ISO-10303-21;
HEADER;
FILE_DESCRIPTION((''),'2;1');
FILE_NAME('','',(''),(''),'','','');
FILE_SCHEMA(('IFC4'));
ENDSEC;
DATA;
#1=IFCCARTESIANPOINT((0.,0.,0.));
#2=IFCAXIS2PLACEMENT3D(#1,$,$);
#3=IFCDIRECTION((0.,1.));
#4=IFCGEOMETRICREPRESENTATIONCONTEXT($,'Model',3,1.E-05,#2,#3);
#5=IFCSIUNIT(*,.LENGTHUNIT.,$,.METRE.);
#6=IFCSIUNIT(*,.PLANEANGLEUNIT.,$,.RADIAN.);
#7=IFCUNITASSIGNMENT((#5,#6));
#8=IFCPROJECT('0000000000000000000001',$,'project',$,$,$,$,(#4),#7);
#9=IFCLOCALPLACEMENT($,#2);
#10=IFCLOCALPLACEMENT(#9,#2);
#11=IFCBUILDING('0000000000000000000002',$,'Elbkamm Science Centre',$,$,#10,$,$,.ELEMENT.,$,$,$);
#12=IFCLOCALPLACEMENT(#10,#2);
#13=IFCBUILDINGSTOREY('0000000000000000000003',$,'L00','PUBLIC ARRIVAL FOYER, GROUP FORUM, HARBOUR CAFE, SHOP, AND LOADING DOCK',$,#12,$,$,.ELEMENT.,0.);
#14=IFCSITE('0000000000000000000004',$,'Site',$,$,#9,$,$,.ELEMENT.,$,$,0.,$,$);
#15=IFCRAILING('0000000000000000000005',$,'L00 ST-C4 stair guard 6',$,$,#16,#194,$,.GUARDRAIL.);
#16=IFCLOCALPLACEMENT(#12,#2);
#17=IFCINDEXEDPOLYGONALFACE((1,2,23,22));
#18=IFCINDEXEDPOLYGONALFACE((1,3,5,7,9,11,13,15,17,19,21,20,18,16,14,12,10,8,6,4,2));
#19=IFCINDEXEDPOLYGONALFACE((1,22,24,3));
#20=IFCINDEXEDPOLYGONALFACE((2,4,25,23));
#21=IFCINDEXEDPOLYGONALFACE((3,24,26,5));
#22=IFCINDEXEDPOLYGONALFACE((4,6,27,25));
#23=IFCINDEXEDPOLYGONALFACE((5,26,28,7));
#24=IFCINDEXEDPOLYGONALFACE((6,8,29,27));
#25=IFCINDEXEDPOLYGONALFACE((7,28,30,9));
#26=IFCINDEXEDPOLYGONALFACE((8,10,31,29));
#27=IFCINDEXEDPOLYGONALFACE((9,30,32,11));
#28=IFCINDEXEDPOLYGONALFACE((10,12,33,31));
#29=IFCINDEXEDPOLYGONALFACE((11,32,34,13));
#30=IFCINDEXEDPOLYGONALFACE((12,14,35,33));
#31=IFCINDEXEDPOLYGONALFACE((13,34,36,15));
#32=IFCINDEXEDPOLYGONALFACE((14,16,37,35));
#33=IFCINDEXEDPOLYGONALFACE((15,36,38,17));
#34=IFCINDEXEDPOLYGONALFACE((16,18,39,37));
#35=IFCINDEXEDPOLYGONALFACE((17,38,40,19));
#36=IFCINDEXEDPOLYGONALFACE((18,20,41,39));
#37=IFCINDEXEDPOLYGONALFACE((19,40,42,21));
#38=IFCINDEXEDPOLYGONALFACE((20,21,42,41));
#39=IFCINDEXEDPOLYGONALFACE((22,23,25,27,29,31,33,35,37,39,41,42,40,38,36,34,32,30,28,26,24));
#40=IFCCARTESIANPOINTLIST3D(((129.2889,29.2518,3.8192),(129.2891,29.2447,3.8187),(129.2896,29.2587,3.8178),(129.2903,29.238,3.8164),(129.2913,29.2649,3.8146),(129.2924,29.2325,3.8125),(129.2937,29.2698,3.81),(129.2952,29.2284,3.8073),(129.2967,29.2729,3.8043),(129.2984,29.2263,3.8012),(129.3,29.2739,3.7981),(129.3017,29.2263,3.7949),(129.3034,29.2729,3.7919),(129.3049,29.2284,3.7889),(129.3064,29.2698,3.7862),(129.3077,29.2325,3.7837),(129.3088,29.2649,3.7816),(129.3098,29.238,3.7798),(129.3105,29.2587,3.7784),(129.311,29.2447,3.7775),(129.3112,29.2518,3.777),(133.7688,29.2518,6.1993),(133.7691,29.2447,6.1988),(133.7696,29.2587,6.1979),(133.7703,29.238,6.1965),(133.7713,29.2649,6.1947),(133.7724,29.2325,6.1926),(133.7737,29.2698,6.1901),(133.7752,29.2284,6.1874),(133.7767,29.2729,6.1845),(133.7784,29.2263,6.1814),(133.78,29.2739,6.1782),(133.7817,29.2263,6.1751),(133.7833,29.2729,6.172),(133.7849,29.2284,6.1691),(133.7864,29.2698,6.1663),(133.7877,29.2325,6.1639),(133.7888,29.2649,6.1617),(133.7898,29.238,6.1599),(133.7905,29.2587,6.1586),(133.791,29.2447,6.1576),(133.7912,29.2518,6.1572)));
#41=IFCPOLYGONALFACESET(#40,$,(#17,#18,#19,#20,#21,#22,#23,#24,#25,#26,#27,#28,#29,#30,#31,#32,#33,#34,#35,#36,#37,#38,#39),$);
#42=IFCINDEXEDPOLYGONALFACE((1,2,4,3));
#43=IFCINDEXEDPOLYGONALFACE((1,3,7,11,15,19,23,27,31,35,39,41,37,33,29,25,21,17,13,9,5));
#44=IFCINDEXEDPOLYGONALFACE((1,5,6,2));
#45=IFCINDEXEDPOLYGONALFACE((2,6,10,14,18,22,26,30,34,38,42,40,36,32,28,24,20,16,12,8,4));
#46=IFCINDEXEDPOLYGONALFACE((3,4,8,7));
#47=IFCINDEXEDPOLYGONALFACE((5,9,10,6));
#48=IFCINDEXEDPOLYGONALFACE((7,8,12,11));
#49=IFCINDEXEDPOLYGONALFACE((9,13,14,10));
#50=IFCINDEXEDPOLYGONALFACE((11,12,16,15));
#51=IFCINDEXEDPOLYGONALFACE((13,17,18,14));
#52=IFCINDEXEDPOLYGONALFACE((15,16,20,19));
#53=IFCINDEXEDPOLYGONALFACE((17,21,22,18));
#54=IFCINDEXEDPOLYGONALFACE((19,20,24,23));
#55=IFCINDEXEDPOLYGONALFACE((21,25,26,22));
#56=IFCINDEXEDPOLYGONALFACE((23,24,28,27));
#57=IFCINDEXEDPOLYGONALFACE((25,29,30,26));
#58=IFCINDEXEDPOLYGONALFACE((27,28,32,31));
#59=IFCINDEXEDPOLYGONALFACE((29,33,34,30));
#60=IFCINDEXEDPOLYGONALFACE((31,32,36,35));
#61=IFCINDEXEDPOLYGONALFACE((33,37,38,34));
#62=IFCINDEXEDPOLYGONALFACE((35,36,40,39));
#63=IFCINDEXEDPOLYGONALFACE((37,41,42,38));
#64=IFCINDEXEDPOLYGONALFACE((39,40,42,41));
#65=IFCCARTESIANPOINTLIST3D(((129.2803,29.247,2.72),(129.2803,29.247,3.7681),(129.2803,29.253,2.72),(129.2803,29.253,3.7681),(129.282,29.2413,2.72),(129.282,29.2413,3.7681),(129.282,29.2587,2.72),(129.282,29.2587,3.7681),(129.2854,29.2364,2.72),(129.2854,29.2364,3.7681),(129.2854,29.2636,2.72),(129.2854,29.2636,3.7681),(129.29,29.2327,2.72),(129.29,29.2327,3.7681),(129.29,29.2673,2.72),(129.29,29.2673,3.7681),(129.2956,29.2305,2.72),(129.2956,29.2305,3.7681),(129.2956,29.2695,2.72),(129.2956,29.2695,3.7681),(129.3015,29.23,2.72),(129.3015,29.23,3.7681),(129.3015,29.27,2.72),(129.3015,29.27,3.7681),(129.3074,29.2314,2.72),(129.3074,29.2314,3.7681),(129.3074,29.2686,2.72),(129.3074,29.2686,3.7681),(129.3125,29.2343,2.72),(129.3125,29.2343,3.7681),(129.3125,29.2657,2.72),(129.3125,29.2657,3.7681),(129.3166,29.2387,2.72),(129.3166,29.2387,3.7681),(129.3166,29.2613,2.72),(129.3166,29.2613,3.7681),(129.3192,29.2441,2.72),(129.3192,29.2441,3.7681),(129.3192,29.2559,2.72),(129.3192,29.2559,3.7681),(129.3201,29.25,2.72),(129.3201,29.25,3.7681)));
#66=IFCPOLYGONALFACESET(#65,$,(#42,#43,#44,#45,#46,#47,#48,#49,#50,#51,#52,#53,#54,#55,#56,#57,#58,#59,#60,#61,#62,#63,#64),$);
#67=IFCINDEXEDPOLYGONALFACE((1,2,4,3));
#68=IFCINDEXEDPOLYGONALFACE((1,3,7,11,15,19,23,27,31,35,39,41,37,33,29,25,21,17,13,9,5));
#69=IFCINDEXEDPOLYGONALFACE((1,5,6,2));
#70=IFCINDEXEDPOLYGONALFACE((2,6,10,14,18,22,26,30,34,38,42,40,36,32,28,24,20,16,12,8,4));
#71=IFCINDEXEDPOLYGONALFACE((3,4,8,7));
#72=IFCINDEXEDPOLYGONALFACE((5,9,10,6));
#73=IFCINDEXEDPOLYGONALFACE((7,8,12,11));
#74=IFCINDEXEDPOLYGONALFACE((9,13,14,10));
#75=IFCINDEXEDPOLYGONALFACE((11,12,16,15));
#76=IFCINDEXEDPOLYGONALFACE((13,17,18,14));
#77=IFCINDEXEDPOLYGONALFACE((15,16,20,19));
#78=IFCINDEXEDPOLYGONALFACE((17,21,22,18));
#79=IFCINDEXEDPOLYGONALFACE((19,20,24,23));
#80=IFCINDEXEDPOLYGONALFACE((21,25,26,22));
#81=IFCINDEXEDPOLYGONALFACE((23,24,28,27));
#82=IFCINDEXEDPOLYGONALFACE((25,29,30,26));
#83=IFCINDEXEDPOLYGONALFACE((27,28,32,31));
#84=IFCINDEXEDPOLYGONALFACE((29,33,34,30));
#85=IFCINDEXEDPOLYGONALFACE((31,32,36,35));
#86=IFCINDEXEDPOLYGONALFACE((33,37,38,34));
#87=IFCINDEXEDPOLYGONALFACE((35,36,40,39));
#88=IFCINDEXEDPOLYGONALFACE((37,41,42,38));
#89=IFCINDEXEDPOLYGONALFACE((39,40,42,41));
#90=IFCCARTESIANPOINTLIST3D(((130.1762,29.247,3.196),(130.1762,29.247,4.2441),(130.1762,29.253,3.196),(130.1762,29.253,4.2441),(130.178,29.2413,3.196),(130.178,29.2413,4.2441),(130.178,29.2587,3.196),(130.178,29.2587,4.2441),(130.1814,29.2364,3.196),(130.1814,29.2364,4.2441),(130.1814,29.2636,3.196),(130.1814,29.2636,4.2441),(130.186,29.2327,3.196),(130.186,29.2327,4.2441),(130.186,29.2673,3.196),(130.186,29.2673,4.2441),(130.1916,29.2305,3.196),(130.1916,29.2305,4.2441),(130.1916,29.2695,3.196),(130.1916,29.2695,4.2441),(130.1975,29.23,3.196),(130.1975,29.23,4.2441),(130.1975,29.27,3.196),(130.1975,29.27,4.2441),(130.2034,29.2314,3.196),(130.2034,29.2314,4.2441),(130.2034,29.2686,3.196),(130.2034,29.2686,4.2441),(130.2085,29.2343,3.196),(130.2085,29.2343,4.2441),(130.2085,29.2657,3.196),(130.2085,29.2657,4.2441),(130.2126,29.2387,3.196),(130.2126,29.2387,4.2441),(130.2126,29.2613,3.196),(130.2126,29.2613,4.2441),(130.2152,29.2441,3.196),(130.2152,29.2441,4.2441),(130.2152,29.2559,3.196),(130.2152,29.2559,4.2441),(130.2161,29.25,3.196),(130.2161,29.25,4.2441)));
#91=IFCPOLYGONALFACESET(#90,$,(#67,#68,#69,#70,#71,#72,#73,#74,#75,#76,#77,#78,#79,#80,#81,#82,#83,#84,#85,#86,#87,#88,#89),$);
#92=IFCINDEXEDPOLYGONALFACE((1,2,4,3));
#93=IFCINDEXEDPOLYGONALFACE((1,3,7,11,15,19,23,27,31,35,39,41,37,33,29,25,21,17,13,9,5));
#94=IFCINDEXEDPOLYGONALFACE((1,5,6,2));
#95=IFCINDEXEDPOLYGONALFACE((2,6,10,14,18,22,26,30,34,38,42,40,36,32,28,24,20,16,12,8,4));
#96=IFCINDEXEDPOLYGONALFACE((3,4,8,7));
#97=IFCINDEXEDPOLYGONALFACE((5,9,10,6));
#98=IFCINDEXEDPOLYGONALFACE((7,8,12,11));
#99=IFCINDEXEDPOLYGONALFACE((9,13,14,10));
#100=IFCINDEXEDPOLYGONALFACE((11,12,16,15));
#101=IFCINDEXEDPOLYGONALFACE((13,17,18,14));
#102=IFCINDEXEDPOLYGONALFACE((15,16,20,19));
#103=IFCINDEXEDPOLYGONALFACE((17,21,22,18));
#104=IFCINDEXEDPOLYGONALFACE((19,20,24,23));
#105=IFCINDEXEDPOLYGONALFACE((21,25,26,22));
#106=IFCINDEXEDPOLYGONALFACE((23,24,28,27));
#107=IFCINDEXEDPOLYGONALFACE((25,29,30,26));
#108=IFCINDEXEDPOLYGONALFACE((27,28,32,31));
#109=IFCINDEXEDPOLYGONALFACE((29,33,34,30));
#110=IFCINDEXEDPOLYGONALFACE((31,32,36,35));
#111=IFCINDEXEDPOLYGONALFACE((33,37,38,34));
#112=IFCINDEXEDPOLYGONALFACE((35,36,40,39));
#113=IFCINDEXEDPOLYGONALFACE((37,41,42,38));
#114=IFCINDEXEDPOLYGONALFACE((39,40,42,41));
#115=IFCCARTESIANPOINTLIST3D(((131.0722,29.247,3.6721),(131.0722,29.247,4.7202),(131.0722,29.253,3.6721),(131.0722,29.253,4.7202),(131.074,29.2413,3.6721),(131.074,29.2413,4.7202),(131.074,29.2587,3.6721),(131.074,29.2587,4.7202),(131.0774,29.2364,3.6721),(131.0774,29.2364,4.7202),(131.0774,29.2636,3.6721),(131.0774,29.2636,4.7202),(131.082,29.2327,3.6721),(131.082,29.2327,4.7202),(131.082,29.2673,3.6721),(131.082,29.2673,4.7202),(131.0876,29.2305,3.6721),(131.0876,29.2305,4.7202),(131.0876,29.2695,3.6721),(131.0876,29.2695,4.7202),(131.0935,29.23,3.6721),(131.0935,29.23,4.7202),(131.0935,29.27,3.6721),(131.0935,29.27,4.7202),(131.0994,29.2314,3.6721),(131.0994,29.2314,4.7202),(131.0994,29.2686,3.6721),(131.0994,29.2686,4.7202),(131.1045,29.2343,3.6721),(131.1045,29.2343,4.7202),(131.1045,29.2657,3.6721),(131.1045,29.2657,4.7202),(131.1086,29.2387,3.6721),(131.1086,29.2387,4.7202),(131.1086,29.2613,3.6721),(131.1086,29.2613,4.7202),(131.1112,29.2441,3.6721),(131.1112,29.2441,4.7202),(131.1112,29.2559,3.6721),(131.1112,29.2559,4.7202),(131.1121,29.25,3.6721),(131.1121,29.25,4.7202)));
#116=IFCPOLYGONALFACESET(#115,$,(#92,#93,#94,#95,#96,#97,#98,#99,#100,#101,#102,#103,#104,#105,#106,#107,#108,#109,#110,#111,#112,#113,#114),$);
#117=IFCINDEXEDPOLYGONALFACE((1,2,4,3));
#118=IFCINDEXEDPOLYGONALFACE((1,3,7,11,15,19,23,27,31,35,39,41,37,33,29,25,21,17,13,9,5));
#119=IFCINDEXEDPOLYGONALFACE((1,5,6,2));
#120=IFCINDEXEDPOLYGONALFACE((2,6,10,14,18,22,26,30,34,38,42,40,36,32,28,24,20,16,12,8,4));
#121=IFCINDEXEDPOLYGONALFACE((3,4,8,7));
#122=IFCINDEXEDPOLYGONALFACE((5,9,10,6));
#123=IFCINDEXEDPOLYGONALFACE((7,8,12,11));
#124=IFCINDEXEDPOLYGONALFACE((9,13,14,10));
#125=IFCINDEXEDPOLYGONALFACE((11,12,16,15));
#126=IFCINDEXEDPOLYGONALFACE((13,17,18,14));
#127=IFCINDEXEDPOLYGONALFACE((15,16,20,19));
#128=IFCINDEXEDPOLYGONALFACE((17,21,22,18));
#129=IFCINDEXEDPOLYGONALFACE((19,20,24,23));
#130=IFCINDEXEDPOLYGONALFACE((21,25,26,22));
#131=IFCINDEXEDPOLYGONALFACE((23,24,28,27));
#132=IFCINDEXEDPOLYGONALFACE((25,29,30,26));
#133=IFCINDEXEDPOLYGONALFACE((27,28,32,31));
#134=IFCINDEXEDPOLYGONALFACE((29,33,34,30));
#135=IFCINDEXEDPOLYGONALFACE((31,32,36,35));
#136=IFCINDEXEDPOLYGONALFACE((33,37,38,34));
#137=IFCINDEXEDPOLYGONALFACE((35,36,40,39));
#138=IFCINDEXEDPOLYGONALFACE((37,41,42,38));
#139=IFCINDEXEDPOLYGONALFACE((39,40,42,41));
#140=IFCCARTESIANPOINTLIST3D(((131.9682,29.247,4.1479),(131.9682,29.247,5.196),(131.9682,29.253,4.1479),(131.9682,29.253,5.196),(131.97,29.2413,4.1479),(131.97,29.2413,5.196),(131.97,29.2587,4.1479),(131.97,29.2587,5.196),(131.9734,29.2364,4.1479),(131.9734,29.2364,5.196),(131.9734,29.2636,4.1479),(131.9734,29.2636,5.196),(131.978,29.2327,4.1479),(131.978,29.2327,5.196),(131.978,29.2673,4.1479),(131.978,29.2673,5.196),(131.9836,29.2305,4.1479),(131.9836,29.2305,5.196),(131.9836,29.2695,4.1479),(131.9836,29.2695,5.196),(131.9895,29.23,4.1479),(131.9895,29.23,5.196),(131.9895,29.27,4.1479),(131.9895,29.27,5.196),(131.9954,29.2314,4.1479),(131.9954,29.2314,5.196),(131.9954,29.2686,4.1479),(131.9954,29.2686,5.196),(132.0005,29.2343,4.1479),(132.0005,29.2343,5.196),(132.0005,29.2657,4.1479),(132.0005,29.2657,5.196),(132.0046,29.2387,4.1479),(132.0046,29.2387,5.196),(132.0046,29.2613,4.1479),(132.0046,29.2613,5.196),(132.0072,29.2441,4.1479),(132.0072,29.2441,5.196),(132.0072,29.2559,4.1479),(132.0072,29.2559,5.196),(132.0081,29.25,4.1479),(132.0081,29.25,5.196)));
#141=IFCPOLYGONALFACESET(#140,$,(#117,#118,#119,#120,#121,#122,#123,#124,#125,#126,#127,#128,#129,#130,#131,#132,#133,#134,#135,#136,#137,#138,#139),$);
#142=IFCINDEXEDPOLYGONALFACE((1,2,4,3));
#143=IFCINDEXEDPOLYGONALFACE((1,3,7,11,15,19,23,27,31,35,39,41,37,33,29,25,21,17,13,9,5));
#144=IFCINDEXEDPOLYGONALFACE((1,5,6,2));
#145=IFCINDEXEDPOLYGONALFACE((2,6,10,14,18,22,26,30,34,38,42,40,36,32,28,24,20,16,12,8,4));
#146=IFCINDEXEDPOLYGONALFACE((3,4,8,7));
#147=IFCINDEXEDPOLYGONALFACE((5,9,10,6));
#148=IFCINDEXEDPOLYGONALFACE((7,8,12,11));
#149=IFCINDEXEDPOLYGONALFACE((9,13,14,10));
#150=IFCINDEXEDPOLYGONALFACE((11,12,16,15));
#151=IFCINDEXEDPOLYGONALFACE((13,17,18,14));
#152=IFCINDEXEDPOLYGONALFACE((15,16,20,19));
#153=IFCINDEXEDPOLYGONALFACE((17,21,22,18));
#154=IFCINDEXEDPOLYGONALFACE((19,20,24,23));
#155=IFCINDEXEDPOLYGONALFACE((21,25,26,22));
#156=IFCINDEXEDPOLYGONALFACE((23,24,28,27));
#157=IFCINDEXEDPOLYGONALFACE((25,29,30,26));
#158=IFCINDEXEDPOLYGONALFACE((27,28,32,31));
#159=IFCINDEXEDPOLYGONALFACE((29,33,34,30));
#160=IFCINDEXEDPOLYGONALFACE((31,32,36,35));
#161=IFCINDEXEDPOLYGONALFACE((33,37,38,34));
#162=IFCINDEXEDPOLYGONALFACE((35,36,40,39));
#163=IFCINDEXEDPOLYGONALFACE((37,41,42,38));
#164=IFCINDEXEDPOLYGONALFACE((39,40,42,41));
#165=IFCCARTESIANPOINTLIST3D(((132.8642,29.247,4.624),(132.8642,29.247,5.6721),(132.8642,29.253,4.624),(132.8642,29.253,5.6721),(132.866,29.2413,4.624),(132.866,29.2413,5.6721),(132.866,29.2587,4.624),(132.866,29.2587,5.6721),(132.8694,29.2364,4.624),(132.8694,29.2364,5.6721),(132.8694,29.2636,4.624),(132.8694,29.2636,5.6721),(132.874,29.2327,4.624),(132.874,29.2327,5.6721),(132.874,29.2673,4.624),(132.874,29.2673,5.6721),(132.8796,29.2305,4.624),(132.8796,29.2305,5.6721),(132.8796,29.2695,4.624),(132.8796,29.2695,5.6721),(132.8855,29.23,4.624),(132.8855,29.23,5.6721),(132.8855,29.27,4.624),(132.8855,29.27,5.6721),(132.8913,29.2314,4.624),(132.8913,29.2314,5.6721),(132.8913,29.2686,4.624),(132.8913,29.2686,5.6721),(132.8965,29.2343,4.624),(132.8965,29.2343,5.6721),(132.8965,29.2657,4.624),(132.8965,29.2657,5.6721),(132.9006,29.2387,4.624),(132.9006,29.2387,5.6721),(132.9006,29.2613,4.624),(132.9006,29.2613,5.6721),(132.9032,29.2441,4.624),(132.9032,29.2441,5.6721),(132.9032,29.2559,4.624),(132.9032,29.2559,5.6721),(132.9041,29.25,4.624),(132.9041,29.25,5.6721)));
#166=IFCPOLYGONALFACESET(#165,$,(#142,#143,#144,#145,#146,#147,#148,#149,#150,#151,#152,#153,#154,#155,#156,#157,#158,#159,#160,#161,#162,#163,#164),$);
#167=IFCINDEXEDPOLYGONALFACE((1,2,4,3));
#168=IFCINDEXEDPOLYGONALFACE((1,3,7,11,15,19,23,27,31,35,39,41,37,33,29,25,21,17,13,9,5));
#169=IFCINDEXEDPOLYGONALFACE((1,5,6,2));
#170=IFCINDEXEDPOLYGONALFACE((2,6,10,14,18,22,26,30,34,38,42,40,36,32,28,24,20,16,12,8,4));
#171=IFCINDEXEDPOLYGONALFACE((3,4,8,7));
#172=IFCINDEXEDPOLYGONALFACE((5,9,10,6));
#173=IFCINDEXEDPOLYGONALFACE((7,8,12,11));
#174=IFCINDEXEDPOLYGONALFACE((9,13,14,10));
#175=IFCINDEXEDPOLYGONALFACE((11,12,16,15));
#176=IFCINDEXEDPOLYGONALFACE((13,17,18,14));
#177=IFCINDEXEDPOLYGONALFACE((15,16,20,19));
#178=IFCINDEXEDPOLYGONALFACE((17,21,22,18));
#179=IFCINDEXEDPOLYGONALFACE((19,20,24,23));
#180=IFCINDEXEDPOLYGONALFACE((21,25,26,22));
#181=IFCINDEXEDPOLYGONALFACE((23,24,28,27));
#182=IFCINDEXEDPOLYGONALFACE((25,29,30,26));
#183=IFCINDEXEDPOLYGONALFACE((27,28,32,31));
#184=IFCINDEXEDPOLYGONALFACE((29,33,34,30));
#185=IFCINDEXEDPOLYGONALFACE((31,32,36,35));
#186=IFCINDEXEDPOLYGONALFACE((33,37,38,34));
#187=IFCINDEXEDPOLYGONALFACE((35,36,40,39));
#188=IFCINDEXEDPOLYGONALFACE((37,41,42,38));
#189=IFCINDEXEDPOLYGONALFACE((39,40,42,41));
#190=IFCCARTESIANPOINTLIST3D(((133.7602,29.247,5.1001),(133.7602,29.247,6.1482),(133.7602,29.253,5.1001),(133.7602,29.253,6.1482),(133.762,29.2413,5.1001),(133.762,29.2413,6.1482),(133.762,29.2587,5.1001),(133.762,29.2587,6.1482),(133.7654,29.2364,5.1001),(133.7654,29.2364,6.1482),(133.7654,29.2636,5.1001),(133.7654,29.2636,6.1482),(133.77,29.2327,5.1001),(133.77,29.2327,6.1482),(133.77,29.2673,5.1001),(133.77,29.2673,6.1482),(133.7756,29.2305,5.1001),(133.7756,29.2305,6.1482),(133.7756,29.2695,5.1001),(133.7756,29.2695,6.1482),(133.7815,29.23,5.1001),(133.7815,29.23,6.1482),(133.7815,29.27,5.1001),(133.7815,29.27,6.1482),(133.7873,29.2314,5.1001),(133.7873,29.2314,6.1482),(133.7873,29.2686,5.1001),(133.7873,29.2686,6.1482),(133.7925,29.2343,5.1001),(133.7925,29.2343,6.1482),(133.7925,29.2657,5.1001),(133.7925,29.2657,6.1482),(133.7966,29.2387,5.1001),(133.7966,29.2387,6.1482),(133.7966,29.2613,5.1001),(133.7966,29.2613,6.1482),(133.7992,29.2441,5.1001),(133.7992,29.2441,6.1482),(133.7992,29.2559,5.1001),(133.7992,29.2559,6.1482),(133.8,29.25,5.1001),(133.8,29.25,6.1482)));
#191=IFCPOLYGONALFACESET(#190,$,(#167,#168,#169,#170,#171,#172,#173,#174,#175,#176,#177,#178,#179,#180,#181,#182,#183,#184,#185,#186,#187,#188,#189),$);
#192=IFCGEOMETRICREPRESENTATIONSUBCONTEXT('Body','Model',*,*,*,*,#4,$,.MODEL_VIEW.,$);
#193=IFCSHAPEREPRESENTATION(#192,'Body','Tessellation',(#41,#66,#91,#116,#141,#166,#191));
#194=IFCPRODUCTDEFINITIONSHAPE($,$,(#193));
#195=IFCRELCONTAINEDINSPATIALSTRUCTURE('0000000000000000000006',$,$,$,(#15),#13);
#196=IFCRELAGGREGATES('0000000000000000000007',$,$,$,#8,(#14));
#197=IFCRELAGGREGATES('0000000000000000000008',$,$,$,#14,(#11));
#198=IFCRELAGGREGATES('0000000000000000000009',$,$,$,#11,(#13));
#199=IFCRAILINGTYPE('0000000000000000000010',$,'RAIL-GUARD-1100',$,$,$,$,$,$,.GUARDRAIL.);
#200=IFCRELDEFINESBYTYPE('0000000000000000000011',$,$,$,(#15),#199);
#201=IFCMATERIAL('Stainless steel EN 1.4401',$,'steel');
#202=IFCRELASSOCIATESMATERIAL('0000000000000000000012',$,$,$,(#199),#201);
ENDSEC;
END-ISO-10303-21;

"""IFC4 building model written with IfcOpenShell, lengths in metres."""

from ifc_helpers import new_model, si_unit, direction, frame, origin, origin_2d, place, context, subcontext, project, spatial, circle, extrude, material, type_object, element, save


model = new_model("IFC4")

# Units and contexts
model_context = context("Model", 3, precision=1e-05, world=origin(), true_north=direction((0.0, 1.0)))
body_context = subcontext(model_context, "Body", "Model", "MODEL_VIEW")
ifc_project = project(units=[si_unit("LENGTHUNIT", "METRE"), si_unit("PLANEANGLEUNIT", "RADIAN")], contexts=[model_context])

# Site, building, storey
site_placement = place(None, origin())
site = spatial("IfcSite", under=ifc_project, at=site_placement, Name="Site", CompositionType="ELEMENT", RefElevation=0.0)
building_placement = place(site_placement, origin())
building = spatial("IfcBuilding", under=site, at=building_placement, Name="Elbkamm Science Centre", CompositionType="ELEMENT")
storey_placement = place(building_placement, origin())
storey = spatial("IfcBuildingStorey", under=building, at=storey_placement, Name="L00", Description="PUBLIC ARRIVAL FOYER, GROUP FORUM, HARBOUR CAFE, SHOP, AND LOADING DOCK", CompositionType="ELEMENT", Elevation=0.0)

# Railing
ifc_material_1 = material(Name="Stainless steel EN 1.4401", Category="steel")
railing_type_1 = type_object("IfcRailingType", Name="RAIL-GUARD-1100", PredefinedType="GUARDRAIL", material=ifc_material_1)
railing_1_placement = place(storey_placement, frame((129.3, 29.25, 2.72)))
element("IfcRailing", 1, at=railing_1_placement, inside=storey, type_object=railing_type_1, Name="L00 ST-C4 stair guard 6", PredefinedType="GUARDRAIL", context=body_context, shape_type="SweptSolid", body=[
    extrude(circle(Radius=0.0239, at=origin_2d()), frame((0.0, 0.0, 1.0781), z_axis=(0.883105, 0.0, 0.469176), x_axis=(0.0, 1.0, 0.0)), (0.0, 0.0, 1.0), 5.073),
    extrude(circle(Radius=0.02, at=origin_2d()), origin(), (0.0, 0.0, 1.0), 1.0481),
    extrude(circle(Radius=0.02, at=origin_2d()), frame((0.896, 0.0, 0.4761)), (0.0, 0.0, 1.0), 1.0481),
    extrude(circle(Radius=0.02, at=origin_2d()), frame((1.792, 0.0, 0.9521)), (0.0, 0.0, 1.0), 1.0481),
    extrude(circle(Radius=0.02, at=origin_2d()), frame((2.688, 0.0, 1.428)), (0.0, 0.0, 1.0), 1.0481),
    extrude(circle(Radius=0.02, at=origin_2d()), frame((3.584, 0.0, 1.9041)), (0.0, 0.0, 1.0), 1.0481),
    extrude(circle(Radius=0.02, at=origin_2d()), frame((4.48, 0.0, 2.3801)), (0.0, 0.0, 1.0), 1.0481),
])

save(model, "model.ifc")
